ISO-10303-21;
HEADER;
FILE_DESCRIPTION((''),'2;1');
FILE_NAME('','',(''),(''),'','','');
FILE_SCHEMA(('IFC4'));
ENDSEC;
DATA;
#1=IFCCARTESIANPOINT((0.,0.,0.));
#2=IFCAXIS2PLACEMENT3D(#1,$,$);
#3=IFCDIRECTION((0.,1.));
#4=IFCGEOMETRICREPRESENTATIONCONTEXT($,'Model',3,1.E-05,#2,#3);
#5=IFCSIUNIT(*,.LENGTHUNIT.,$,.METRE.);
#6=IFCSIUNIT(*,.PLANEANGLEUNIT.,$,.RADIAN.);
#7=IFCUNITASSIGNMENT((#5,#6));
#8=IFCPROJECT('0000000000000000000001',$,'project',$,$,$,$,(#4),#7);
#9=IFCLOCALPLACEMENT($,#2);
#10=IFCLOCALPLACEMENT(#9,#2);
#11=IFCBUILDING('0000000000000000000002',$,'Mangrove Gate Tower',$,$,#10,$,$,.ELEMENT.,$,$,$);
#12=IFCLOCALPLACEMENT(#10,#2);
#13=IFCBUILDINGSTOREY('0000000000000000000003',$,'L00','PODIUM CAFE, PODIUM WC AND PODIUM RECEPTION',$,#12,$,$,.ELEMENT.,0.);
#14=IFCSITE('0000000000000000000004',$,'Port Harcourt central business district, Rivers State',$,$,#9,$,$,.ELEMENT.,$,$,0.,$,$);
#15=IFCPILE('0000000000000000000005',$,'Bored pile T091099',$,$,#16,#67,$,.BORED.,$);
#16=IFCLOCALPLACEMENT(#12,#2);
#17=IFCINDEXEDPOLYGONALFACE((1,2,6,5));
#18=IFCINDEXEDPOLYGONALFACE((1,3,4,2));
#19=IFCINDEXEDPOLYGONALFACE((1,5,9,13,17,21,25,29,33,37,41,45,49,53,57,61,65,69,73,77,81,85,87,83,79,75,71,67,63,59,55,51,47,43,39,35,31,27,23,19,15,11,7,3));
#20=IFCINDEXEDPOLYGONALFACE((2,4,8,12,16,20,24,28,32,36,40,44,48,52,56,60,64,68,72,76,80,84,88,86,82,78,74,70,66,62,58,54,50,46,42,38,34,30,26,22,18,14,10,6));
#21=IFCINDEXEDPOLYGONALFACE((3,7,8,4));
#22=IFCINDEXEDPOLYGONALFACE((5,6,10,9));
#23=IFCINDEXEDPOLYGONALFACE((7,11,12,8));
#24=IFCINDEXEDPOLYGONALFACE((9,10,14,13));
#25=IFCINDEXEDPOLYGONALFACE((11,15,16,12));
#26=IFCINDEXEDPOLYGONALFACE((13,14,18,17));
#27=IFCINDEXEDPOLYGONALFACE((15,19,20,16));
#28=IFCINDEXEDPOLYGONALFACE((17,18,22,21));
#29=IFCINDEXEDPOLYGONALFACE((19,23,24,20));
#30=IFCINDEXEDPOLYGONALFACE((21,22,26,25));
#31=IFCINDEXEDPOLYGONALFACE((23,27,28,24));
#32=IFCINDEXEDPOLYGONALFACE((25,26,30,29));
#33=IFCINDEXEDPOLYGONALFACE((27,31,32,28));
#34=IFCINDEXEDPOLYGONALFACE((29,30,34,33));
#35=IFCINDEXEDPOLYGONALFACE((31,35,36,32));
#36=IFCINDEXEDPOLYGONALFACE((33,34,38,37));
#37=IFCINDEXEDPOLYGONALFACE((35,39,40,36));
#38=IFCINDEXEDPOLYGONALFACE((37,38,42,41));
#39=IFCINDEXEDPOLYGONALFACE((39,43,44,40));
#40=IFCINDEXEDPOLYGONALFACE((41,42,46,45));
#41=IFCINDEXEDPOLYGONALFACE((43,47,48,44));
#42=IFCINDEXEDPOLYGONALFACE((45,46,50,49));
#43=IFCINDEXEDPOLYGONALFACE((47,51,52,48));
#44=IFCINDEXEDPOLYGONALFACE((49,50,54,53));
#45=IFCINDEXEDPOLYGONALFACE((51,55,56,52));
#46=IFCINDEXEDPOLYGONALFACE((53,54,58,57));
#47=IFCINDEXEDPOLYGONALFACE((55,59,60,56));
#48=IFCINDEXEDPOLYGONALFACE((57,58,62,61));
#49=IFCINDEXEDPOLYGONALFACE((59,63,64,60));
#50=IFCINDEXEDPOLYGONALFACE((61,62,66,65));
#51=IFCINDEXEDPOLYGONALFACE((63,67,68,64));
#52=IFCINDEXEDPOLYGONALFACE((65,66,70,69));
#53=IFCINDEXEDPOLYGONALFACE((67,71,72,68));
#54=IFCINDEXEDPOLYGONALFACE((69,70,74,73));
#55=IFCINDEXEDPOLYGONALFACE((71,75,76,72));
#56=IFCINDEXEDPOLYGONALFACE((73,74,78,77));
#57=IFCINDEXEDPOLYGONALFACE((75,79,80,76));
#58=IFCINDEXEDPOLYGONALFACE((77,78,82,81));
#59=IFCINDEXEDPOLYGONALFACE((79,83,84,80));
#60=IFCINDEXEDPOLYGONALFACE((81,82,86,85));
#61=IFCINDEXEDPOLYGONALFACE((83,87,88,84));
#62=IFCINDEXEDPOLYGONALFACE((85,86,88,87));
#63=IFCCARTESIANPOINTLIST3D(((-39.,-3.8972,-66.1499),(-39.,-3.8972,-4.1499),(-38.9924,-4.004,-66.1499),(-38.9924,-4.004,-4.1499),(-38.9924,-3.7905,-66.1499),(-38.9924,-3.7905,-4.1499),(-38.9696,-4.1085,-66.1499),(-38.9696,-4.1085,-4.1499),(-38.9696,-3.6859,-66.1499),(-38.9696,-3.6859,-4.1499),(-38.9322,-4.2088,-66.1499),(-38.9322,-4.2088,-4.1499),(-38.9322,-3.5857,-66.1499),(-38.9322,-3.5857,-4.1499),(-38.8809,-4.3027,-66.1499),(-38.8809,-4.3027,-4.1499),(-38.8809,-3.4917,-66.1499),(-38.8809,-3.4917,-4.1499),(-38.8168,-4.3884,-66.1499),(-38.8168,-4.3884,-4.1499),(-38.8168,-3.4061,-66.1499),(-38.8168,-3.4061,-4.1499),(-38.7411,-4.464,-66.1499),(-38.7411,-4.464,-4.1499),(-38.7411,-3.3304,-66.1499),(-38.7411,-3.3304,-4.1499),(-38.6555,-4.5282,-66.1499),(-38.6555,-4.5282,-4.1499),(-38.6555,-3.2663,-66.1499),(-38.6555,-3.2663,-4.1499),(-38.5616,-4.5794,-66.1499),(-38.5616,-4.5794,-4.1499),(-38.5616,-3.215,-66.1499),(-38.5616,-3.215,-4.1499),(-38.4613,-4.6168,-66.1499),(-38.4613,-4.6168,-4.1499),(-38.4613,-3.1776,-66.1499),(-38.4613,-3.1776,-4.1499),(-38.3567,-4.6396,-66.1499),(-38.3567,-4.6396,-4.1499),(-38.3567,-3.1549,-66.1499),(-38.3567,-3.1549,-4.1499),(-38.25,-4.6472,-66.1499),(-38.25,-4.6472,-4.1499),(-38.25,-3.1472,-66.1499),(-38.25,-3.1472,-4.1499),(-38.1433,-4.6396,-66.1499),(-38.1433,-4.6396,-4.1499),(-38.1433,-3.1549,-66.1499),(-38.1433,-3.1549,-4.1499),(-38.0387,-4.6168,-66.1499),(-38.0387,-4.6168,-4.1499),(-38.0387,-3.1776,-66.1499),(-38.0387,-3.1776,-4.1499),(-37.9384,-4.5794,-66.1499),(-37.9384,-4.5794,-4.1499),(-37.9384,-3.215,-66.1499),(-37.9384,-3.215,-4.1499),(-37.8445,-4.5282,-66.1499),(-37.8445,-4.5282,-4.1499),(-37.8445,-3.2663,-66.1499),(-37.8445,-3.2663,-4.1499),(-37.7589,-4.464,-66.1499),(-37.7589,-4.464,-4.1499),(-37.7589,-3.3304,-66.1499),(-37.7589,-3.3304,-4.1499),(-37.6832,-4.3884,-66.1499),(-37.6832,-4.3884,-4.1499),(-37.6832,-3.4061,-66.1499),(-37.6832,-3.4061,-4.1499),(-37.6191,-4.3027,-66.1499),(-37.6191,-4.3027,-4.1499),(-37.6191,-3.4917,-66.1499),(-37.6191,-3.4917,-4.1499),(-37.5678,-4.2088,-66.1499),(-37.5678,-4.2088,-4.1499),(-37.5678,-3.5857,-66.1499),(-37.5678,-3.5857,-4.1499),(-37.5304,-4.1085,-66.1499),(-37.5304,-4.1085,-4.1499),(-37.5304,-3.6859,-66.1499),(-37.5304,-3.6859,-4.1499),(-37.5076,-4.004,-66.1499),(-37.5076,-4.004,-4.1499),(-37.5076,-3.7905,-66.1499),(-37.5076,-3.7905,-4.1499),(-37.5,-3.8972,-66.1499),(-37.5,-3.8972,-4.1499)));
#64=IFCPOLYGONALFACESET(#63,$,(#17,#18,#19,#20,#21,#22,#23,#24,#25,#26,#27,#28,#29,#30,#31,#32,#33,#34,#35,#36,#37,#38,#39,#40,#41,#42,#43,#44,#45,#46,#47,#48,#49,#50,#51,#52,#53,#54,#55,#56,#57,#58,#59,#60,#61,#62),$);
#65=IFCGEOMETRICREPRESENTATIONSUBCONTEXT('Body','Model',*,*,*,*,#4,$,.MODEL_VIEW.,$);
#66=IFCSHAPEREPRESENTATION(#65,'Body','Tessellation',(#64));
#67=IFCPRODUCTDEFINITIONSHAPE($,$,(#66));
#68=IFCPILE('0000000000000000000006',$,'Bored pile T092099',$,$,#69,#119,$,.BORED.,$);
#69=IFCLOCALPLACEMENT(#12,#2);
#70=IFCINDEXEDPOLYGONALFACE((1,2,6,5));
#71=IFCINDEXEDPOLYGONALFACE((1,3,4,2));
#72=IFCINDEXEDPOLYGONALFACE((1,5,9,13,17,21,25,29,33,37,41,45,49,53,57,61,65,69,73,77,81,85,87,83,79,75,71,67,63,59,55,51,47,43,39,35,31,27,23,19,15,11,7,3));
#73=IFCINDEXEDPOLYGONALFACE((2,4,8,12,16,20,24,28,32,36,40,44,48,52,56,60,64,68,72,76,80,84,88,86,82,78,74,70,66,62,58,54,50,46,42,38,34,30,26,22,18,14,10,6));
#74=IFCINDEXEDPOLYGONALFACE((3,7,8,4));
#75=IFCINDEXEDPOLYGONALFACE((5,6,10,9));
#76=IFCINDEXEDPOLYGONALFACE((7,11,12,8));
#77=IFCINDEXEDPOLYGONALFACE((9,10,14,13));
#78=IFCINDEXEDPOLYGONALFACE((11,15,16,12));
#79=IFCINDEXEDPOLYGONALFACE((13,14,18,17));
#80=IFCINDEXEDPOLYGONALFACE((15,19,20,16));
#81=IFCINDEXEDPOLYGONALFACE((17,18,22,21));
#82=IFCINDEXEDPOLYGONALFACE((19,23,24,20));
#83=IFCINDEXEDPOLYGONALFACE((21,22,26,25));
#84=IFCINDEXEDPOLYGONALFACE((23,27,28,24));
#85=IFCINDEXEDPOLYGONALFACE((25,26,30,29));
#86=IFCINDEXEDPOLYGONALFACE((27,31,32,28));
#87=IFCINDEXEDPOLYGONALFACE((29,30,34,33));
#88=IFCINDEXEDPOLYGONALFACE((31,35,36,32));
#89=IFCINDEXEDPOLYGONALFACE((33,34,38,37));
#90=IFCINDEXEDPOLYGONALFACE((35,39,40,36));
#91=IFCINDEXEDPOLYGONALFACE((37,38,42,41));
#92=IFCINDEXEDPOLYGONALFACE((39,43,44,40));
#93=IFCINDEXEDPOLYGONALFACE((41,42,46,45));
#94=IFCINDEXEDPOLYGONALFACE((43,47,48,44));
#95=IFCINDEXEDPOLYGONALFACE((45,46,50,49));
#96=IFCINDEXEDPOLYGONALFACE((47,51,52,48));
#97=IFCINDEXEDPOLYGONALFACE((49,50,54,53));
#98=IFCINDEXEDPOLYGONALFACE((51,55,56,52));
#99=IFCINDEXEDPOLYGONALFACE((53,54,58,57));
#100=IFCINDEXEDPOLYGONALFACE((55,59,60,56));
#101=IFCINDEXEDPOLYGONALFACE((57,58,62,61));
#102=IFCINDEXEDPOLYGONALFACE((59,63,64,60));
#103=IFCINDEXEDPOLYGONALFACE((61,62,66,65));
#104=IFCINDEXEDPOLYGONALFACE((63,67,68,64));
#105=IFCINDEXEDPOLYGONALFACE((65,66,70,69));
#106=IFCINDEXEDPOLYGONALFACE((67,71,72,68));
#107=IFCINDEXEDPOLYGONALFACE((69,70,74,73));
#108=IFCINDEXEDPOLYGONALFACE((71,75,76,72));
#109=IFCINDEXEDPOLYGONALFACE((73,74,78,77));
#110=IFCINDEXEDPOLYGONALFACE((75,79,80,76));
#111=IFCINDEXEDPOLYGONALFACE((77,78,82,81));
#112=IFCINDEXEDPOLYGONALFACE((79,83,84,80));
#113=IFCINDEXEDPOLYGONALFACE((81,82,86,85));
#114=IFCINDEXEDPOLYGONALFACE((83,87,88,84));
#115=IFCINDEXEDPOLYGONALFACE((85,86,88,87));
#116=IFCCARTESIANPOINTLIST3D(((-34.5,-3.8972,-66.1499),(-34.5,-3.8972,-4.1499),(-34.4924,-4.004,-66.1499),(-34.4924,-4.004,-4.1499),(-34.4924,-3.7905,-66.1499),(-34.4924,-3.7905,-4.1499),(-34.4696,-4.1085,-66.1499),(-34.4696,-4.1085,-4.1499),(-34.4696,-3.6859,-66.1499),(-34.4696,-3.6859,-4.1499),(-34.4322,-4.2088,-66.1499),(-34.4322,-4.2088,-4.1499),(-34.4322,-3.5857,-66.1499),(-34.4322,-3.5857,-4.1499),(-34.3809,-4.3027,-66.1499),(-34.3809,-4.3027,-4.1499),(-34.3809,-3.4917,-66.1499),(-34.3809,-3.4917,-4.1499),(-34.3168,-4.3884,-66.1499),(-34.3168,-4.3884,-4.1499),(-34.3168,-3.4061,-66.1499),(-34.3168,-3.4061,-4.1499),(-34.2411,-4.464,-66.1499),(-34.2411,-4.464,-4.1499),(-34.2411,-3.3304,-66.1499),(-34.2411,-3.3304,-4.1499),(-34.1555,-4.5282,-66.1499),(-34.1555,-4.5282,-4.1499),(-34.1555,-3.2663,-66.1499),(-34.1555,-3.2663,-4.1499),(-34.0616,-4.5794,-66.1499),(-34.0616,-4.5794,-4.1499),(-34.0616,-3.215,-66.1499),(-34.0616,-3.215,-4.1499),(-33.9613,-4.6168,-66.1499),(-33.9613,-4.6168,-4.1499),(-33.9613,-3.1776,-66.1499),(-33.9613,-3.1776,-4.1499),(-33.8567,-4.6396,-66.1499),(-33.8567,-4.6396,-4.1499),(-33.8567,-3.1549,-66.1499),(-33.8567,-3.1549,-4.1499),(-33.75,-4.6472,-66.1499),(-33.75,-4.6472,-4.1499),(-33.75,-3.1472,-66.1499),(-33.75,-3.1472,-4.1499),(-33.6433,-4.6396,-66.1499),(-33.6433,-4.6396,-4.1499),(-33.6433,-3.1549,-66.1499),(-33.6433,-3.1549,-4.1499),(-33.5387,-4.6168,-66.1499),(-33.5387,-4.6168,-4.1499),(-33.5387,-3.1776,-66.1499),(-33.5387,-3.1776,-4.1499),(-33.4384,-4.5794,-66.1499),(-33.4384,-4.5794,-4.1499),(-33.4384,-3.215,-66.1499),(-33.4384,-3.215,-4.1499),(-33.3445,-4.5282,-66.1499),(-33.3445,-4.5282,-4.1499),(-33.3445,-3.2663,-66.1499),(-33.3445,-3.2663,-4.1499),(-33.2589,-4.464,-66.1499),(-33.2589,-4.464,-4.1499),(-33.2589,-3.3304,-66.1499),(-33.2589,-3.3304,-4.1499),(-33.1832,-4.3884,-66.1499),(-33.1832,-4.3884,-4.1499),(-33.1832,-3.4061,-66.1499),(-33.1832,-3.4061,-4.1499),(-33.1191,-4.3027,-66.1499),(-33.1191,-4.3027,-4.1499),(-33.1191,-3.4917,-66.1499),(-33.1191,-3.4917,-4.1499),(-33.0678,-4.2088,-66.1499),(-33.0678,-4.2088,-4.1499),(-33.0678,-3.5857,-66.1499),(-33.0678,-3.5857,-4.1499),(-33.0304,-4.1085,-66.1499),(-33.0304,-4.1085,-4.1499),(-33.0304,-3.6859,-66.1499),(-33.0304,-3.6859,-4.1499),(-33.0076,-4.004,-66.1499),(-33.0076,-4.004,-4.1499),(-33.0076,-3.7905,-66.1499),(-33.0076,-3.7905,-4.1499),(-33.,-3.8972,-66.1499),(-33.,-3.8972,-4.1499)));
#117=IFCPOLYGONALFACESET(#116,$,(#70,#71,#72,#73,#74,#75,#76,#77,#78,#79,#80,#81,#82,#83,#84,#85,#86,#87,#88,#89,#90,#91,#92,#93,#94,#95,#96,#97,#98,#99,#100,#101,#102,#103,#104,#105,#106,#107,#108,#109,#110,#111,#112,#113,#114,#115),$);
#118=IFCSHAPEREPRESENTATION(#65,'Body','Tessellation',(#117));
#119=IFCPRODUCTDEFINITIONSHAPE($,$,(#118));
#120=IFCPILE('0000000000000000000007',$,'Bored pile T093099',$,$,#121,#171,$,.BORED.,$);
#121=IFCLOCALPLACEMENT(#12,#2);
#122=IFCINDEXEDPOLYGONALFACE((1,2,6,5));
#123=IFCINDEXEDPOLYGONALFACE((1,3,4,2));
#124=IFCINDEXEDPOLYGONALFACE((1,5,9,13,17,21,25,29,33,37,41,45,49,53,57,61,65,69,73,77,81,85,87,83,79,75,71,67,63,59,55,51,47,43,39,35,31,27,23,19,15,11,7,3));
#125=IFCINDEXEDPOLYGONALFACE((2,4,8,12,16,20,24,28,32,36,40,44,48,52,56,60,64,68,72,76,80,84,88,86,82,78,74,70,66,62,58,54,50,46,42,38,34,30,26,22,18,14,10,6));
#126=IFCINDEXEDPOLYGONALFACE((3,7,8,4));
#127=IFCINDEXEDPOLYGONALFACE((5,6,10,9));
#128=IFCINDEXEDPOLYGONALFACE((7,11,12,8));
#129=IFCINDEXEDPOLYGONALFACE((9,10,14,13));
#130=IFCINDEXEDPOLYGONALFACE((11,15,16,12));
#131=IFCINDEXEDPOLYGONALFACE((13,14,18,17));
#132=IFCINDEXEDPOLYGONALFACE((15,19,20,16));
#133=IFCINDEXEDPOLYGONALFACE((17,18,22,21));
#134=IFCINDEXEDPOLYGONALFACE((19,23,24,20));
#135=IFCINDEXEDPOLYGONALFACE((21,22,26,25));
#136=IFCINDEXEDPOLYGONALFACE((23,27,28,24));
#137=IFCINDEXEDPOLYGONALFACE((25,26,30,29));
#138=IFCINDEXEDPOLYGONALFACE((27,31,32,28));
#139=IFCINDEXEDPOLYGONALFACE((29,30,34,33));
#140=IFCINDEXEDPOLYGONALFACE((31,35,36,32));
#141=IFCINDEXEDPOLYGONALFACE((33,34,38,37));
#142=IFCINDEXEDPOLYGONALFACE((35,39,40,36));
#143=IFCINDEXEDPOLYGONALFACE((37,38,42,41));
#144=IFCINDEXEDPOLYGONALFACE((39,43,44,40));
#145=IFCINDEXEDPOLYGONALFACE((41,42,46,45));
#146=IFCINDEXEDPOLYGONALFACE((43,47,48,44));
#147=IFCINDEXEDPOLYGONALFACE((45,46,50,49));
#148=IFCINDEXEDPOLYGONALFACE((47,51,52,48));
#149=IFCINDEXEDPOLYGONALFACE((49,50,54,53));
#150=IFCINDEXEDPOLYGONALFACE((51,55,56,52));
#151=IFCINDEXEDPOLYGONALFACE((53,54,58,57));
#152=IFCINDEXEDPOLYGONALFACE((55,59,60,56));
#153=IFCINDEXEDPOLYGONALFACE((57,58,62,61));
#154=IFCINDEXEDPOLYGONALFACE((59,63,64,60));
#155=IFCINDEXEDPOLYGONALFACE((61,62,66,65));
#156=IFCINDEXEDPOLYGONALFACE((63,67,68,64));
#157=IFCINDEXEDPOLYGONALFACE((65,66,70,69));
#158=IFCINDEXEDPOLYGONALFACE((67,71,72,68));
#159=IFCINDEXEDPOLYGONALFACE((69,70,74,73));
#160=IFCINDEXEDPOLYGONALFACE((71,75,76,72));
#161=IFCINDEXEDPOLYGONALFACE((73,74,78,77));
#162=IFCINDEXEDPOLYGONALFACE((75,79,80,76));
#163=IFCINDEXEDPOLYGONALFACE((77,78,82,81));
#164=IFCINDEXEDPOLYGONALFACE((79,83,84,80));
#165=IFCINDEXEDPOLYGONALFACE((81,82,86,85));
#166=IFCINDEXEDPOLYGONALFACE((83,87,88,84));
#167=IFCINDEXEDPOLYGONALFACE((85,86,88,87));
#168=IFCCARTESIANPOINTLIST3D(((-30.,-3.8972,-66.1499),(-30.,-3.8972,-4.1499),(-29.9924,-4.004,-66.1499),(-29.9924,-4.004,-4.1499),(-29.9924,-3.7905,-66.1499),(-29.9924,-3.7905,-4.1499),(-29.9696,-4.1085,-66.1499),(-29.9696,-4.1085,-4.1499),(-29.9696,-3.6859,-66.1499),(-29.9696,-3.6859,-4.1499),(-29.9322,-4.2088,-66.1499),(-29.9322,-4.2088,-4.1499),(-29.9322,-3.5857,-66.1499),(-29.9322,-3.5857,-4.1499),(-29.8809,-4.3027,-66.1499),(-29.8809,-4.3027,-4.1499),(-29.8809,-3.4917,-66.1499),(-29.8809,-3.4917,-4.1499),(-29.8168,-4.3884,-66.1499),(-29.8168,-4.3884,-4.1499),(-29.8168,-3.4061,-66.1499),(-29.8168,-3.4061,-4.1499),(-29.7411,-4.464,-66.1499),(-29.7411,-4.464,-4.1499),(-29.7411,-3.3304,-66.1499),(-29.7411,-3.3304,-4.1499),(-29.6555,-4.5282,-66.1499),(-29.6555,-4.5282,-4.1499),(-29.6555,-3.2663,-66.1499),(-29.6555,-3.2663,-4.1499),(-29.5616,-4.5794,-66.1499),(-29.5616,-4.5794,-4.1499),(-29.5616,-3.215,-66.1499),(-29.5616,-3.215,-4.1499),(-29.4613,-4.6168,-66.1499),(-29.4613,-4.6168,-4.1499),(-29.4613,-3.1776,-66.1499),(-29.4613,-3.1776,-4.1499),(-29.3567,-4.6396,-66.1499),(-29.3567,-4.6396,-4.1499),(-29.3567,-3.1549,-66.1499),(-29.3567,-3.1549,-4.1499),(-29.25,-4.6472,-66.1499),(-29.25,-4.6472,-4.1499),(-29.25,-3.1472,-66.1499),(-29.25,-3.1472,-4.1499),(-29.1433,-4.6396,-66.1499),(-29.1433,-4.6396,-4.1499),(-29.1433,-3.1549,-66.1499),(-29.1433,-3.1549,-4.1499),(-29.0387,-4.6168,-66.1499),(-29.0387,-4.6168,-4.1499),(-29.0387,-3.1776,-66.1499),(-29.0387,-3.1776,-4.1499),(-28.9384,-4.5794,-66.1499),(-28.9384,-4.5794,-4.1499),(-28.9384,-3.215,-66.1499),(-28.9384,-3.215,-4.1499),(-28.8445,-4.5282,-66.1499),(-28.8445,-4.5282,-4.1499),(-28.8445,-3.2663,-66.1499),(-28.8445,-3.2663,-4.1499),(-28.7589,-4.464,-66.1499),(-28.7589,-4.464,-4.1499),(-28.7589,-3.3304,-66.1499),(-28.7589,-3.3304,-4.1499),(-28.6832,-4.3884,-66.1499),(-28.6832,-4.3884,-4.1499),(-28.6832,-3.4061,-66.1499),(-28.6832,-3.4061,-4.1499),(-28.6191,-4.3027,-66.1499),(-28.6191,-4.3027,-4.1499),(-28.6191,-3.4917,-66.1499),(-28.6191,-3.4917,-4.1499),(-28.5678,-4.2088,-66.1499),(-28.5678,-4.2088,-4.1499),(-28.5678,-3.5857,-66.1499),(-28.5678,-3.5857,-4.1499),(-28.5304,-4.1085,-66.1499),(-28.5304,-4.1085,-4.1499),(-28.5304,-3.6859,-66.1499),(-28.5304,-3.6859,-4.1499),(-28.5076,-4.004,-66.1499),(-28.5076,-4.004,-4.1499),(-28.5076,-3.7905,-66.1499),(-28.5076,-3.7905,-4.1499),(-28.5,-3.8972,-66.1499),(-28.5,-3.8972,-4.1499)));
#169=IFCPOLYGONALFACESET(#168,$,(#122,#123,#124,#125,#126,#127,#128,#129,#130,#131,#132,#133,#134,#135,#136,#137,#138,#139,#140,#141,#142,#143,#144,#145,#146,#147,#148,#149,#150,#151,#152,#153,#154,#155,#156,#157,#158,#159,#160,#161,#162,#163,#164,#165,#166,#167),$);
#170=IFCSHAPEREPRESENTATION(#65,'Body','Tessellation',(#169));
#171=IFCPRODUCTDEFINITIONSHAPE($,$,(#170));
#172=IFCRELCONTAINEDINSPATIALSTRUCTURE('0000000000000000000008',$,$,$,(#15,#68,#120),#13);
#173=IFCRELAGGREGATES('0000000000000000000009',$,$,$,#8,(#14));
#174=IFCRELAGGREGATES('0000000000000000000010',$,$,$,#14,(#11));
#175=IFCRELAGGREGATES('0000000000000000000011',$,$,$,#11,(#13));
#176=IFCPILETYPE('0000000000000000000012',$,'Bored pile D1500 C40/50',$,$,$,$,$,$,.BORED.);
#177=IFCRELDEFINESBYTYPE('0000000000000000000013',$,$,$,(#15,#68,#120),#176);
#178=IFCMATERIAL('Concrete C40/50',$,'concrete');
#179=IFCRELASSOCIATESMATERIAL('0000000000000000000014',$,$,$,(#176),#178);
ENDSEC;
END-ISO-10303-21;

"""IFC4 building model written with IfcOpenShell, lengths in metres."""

from ifc_helpers import new_model, si_unit, direction, frame, origin, origin_2d, place, context, subcontext, project, spatial, circle, extrude, material, material_profile, profile_set, type_object, element, save


model = new_model("IFC4")

# Units and contexts
model_context = context("Model", 3, precision=1e-05, world=origin(), true_north=direction((0.0, 1.0)))
body_context = subcontext(model_context, "Body", "Model", "MODEL_VIEW")
ifc_project = project(units=[si_unit("LENGTHUNIT", "METRE"), si_unit("PLANEANGLEUNIT", "RADIAN")], contexts=[model_context])

# Site, building, storey
site_placement = place(None, origin())
site = spatial("IfcSite", under=ifc_project, at=site_placement, Name="Port Harcourt central business district, Rivers State", CompositionType="ELEMENT", RefElevation=0.0)
building_placement = place(site_placement, origin())
building = spatial("IfcBuilding", under=site, at=building_placement, Name="Mangrove Gate Tower", CompositionType="ELEMENT")
storey_placement = place(building_placement, origin())
storey = spatial("IfcBuildingStorey", under=building, at=storey_placement, Name="L00", Description="PODIUM CAFE, PODIUM WC AND PODIUM RECEPTION", CompositionType="ELEMENT", Elevation=0.0)

# Piles
ifc_material_1 = material(Name="Concrete C40/50", Category="concrete")
ifc_material_profile_1 = material_profile(ifc_material_1, circle(Radius=0.75, at=origin_2d()))
ifc_profile_set_1 = profile_set([ifc_material_profile_1], Name="Concrete C40/50")
pile_type = type_object("IfcPileType", Name="Bored pile D1500 C40/50", PredefinedType="BORED", material=ifc_profile_set_1)
for number, where, z_axis, x_axis, name in (
    (1, (-38.25, -3.8972, -4.1499), (0.0, 0.0, -1.0), (1.0, 0.0, 0.0), "Bored pile T091099"),
    (2, (-33.75, -3.8972, -4.1499), (0.0, 0.0, -1.0), (1.0, 0.0, 0.0), "Bored pile T092099"),
    (3, (-29.25, -3.8972, -4.1499), (0.0, 0.0, -1.0), (1.0, 0.0, 0.0), "Bored pile T093099"),
):
    element("IfcPile", number, at=place(storey_placement, frame(where, z_axis=z_axis, x_axis=x_axis)), inside=storey, type_object=pile_type, Name=name, PredefinedType="BORED", context=body_context, shape_type="SweptSolid", body=[
        extrude(circle(Radius=0.75, at=origin_2d()), origin(), (0.0, 0.0, 1.0), 62.0),
    ])

save(model, "model.ifc")
